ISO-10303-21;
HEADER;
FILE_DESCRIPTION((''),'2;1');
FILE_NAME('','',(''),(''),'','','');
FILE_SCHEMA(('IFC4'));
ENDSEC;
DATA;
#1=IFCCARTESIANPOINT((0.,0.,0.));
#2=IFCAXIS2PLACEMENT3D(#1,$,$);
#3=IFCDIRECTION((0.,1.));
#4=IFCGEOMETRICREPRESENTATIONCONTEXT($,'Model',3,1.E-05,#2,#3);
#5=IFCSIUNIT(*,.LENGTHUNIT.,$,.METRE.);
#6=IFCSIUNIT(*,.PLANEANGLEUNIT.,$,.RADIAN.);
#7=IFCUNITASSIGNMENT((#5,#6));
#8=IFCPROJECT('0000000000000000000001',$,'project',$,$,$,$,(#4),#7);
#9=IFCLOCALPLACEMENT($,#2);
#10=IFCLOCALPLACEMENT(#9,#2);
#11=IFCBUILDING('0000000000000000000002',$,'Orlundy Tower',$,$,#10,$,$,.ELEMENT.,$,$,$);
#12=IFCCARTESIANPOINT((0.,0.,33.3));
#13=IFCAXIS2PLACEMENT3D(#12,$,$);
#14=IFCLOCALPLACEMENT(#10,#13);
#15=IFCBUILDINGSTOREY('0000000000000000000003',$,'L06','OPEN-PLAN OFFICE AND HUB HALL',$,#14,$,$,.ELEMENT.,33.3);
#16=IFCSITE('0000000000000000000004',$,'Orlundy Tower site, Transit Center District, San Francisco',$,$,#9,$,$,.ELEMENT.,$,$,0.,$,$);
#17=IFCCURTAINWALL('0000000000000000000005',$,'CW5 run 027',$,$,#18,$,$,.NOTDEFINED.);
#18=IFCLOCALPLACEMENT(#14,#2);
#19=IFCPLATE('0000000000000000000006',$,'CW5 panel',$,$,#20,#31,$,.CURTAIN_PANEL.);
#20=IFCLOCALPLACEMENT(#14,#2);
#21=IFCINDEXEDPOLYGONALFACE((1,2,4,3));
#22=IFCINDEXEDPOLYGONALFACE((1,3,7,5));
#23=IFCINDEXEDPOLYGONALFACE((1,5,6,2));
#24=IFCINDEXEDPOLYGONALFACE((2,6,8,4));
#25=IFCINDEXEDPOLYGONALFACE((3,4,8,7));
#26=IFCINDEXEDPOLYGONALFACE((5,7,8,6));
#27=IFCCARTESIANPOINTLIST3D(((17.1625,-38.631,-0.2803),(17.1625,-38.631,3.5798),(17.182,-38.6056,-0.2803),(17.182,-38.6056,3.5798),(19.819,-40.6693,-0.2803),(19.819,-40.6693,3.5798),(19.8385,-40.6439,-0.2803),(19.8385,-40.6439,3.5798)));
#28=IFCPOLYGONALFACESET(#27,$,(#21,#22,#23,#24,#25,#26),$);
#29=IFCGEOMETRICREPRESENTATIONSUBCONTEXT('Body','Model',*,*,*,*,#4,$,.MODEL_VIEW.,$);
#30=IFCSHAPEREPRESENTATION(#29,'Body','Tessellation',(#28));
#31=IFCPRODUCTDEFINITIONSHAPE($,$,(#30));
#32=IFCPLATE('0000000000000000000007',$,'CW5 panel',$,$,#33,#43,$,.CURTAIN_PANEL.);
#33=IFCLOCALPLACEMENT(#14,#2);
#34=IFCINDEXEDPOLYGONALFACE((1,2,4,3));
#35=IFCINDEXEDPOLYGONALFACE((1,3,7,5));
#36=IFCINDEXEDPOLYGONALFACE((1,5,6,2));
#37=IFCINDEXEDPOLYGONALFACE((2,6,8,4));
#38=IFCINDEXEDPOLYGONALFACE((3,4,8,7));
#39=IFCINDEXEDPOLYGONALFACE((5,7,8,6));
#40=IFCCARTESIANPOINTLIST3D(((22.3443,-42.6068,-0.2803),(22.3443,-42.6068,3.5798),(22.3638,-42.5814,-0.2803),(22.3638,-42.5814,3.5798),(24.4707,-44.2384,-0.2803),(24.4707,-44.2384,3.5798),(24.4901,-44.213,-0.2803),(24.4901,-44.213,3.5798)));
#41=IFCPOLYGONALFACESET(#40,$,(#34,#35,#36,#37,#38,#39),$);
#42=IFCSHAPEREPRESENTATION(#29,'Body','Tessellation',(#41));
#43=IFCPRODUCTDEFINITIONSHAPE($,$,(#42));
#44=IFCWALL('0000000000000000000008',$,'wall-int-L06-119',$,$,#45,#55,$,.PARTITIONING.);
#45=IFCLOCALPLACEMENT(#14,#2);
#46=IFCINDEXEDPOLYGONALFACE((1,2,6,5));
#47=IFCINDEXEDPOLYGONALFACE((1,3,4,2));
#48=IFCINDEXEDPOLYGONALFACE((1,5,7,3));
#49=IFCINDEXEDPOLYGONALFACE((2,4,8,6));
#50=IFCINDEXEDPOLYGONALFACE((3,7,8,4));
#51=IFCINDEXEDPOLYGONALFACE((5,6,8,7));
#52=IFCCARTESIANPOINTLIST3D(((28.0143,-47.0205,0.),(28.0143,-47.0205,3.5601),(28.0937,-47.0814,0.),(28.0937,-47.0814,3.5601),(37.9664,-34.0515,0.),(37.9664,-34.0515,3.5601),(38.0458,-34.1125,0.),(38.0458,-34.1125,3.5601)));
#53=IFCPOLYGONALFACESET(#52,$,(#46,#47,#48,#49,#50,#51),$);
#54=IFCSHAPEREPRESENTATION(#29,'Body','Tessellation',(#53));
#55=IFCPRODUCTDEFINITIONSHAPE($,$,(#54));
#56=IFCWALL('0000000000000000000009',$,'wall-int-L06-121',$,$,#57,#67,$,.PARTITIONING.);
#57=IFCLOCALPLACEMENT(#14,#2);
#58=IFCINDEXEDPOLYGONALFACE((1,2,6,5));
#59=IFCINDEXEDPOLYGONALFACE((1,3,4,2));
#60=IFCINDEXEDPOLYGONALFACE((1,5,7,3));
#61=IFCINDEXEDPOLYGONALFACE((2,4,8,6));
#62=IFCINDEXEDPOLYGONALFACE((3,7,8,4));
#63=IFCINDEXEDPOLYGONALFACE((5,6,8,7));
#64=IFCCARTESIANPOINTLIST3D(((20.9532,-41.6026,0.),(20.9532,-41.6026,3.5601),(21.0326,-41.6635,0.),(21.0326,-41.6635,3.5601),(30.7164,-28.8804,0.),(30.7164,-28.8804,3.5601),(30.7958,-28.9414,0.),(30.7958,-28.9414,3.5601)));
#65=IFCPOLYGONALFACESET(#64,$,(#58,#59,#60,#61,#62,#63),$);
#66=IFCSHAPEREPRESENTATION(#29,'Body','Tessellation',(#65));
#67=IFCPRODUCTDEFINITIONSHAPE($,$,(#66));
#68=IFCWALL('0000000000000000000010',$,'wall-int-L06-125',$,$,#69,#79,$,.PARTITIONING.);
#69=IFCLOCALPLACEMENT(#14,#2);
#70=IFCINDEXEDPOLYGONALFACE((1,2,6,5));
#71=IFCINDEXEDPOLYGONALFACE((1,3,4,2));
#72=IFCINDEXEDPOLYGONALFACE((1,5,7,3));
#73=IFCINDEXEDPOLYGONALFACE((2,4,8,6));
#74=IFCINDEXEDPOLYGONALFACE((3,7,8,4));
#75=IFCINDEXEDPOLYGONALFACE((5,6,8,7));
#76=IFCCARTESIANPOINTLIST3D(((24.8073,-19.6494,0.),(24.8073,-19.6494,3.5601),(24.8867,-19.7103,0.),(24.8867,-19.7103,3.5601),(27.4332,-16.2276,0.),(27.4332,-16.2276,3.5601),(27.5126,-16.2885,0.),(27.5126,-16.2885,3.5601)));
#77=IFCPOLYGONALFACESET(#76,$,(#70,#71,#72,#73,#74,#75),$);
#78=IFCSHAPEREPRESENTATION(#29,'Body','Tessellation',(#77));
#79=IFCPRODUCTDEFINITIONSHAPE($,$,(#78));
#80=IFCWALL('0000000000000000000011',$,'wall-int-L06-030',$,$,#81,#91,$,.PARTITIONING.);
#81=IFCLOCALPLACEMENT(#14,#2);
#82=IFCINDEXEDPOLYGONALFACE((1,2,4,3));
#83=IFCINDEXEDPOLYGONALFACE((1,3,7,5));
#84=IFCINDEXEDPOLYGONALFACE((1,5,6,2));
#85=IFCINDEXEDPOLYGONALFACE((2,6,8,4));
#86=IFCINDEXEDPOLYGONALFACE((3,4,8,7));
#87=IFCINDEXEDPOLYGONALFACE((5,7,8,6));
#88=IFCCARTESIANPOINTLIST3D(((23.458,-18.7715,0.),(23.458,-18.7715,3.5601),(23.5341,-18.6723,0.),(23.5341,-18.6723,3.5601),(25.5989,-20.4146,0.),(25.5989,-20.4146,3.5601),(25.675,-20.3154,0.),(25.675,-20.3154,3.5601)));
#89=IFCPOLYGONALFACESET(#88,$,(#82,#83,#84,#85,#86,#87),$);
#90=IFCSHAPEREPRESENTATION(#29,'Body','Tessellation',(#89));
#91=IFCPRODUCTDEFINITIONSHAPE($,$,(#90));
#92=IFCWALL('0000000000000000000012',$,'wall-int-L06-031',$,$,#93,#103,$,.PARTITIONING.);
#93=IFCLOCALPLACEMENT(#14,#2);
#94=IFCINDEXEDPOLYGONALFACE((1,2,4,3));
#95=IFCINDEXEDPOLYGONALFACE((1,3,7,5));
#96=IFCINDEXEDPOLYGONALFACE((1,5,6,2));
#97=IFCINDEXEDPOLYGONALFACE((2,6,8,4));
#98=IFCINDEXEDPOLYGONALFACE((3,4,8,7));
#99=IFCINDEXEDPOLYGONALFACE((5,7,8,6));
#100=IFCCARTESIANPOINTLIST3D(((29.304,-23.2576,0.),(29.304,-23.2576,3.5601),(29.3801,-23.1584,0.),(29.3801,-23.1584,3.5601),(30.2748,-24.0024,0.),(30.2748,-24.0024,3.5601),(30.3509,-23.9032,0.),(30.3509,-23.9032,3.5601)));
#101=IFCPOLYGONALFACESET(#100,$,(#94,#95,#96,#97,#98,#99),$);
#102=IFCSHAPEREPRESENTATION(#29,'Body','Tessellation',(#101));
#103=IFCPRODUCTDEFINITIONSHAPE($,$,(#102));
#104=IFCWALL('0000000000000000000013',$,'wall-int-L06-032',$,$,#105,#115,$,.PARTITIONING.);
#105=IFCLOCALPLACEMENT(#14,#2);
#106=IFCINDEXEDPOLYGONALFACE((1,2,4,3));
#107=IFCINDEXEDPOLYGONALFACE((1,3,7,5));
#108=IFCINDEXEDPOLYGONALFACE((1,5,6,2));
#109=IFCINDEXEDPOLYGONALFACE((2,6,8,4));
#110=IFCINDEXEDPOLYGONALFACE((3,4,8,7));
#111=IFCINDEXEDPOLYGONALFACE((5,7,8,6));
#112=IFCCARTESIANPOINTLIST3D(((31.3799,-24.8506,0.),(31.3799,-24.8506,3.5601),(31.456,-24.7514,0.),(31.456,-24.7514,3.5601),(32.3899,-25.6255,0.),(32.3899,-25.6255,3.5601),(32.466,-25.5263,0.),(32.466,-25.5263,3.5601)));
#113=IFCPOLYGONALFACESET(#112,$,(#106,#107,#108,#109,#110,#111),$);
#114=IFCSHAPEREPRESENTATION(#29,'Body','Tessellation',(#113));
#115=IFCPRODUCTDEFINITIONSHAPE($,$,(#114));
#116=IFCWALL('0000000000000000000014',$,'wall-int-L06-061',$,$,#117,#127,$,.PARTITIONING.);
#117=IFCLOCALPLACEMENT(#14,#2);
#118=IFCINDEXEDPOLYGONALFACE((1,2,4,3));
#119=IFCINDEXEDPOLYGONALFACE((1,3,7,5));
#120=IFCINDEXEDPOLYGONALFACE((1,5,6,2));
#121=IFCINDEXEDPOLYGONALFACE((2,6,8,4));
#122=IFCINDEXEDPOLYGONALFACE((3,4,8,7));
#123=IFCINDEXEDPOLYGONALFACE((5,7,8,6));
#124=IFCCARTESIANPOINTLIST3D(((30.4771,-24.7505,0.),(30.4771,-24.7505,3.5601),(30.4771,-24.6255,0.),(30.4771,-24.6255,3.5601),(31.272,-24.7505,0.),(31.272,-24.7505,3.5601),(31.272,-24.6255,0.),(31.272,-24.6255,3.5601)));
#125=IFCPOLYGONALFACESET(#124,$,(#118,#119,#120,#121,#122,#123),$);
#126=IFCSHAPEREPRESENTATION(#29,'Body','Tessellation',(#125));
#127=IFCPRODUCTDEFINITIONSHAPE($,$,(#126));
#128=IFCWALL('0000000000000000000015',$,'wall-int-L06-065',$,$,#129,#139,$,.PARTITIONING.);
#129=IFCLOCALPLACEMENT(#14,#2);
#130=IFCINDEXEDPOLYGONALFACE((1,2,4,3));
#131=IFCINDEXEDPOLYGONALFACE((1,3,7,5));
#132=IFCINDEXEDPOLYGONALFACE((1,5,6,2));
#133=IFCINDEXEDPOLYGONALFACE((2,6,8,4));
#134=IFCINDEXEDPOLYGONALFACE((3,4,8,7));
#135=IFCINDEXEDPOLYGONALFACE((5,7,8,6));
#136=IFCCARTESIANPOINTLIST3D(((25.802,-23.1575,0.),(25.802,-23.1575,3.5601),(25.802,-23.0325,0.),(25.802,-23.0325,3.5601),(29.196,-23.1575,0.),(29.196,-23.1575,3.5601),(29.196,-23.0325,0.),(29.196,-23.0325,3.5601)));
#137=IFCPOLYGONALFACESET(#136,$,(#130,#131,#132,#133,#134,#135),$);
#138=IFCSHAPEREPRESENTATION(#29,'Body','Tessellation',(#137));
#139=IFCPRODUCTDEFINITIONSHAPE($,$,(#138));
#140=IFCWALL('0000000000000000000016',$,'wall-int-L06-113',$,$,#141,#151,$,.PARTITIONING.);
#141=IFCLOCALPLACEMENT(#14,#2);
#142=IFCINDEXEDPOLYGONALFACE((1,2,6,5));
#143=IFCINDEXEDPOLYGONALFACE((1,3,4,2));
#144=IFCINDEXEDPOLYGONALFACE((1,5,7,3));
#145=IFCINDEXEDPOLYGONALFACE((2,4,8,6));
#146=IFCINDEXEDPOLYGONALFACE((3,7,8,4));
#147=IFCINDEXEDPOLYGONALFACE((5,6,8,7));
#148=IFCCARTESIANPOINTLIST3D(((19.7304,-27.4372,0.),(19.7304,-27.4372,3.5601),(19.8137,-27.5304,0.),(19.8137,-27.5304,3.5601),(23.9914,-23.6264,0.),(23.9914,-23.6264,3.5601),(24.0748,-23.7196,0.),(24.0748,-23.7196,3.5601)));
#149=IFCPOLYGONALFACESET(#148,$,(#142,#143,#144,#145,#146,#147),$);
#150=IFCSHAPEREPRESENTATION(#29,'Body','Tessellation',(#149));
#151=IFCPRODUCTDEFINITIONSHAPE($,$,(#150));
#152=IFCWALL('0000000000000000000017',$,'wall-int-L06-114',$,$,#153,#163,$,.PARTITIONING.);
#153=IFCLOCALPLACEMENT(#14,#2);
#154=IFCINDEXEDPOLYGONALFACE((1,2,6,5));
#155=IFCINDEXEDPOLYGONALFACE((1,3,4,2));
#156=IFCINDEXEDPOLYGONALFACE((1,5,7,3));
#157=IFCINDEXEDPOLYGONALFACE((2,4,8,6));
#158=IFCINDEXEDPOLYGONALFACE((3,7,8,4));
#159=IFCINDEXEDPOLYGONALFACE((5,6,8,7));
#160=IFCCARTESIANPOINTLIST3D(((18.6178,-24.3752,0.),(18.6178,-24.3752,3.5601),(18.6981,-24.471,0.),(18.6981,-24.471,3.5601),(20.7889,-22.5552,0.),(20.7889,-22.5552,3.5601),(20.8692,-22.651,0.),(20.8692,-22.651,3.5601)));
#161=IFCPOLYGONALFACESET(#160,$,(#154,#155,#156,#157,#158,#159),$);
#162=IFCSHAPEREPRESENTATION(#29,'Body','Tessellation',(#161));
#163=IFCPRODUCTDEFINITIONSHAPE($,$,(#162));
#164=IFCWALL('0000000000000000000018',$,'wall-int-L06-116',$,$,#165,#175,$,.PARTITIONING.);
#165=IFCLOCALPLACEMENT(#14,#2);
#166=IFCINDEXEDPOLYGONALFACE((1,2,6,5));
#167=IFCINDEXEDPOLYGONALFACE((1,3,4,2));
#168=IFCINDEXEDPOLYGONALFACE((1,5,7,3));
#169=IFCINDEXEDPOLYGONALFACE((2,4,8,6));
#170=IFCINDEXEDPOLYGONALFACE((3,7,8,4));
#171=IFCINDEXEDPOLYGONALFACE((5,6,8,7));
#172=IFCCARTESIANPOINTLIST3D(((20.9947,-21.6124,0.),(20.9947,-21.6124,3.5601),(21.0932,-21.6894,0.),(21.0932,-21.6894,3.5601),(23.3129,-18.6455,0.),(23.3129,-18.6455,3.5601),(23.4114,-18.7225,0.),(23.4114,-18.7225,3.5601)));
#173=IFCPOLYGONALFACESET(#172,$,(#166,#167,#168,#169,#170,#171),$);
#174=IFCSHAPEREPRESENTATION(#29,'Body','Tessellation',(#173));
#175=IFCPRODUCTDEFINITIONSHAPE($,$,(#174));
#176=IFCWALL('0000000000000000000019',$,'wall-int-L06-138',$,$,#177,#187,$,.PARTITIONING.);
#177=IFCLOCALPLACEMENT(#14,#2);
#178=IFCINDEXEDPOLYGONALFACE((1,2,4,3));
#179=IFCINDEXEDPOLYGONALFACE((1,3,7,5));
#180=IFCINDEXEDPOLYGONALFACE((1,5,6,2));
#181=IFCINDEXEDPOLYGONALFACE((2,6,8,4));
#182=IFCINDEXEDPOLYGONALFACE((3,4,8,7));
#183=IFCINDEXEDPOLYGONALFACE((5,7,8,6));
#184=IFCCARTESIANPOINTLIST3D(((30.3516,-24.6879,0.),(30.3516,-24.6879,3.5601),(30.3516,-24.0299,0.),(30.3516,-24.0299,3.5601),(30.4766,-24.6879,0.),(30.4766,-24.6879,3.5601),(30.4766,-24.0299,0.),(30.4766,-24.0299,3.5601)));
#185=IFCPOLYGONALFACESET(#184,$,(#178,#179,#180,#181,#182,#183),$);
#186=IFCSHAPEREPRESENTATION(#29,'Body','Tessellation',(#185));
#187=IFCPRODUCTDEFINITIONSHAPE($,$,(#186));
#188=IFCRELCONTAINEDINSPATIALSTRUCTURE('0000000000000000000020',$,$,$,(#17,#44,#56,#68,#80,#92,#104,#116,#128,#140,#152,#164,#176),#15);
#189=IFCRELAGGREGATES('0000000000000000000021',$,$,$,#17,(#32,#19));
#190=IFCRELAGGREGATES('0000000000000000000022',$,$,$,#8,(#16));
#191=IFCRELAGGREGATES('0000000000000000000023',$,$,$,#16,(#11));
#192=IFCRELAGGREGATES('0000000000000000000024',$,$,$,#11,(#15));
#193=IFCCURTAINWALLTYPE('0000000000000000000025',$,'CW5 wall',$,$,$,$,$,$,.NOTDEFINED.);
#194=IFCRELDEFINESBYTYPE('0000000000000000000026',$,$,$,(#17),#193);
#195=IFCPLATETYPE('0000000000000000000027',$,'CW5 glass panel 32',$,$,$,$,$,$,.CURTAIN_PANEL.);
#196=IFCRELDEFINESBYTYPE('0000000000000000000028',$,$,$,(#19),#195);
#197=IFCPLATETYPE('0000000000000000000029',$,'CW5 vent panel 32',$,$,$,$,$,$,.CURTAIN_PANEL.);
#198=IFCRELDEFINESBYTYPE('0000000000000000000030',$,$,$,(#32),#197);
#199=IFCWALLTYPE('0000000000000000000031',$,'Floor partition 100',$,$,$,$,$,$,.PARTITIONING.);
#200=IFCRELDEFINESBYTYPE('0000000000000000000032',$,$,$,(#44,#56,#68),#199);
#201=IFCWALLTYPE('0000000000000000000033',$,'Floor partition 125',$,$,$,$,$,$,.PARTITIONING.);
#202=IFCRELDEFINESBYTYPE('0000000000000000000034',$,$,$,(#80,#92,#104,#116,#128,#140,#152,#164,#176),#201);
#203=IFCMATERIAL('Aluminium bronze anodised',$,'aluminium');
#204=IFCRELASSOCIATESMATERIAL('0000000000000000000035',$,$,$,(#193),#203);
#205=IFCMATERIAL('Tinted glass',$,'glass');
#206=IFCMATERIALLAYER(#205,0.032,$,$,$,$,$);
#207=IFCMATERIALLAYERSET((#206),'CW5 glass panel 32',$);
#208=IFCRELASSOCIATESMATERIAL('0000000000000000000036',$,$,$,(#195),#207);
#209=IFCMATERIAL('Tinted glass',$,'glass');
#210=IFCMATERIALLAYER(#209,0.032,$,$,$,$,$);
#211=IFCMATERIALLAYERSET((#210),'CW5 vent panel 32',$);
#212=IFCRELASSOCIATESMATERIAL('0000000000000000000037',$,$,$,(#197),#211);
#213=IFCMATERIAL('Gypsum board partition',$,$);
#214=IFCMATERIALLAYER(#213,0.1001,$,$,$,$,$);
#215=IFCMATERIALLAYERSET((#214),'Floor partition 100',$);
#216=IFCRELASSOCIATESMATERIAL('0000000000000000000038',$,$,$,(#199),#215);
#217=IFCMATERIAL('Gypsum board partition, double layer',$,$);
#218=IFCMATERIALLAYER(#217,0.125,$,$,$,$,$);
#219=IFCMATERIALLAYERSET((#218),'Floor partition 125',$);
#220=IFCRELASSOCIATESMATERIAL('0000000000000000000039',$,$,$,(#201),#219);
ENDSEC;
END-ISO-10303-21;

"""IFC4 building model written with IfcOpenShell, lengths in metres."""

from ifc_helpers import new_model, si_unit, direction, frame, frame_2d, origin, origin_2d, place, context, subcontext, project, spatial, rectangle, extrude, material, layer, layer_set, type_object, element, aggregate, save


model = new_model("IFC4")

# Units and contexts
model_context = context("Model", 3, precision=1e-05, world=origin(), true_north=direction((0.0, 1.0)))
body_context = subcontext(model_context, "Body", "Model", "MODEL_VIEW")
ifc_project = project(units=[si_unit("LENGTHUNIT", "METRE"), si_unit("PLANEANGLEUNIT", "RADIAN")], contexts=[model_context])

# Site, building, storey
site_placement = place(None, origin())
site = spatial("IfcSite", under=ifc_project, at=site_placement, Name="Orlundy Tower site, Transit Center District, San Francisco", CompositionType="ELEMENT", RefElevation=0.0)
building_placement = place(site_placement, origin())
building = spatial("IfcBuilding", under=site, at=building_placement, Name="Orlundy Tower", CompositionType="ELEMENT")
storey_placement = place(building_placement, frame((0.0, 0.0, 33.3)))
storey = spatial("IfcBuildingStorey", under=building, at=storey_placement, Name="L06", Description="OPEN-PLAN OFFICE AND HUB HALL", CompositionType="ELEMENT", Elevation=33.3)

# Curtain wall
ifc_material_1 = material(Name="Aluminium bronze anodised", Category="aluminium")
curtain_wall_type = type_object("IfcCurtainWallType", Name="CW5 wall", PredefinedType="NOTDEFINED", material=ifc_material_1)
curtain_wall_1_placement = place(storey_placement, origin())
curtain_wall_1 = element("IfcCurtainWall", 1, at=curtain_wall_1_placement, inside=storey, type_object=curtain_wall_type, Name="CW5 run 027", PredefinedType="NOTDEFINED")

# Shared definitions
ifc_material_2 = material(Name="Tinted glass", Category="glass")
ifc_layer_1 = layer(ifc_material_2, 0.032)
ifc_layer_set_1 = layer_set([ifc_layer_1], Name="CW5 glass panel 32")
plate_type_1 = type_object("IfcPlateType", Name="CW5 glass panel 32", PredefinedType="CURTAIN_PANEL", material=ifc_layer_set_1)

# Plates
plate_1_placement = place(storey_placement, frame((18.5005, -39.6375, -0.2803), z_axis=(0.0, 0.0, 1.0), x_axis=(-0.793357, 0.608757, 0.0)))
plate_1 = element("IfcPlate", 2, at=plate_1_placement, type_object=plate_type_1, Name="CW5 panel", PredefinedType="CURTAIN_PANEL", context=body_context, shape_type="SweptSolid", body=[
    extrude(rectangle(XDim=3.3484, YDim=0.032, at=origin_2d()), origin(), (0.0, 0.0, 1.0), 3.8601),
])
ifc_material_3 = material(Name="Tinted glass", Category="glass")
ifc_layer_2 = layer(ifc_material_3, 0.032)
ifc_layer_set_2 = layer_set([ifc_layer_2], Name="CW5 vent panel 32")
plate_type_2 = type_object("IfcPlateType", Name="CW5 vent panel 32", PredefinedType="CURTAIN_PANEL", material=ifc_layer_set_2)
plate_2_placement = place(storey_placement, frame((23.4172, -43.4099, -0.2803), z_axis=(0.0, 0.0, 1.0), x_axis=(-0.793357, 0.608757, 0.0)))
plate_2 = element("IfcPlate", 3, at=plate_2_placement, type_object=plate_type_2, Name="CW5 panel", PredefinedType="CURTAIN_PANEL", context=body_context, shape_type="SweptSolid", body=[
    extrude(rectangle(XDim=2.6802, YDim=0.032, at=origin_2d()), origin(), (0.0, 0.0, 1.0), 3.8601),
])
aggregate(curtain_wall_1, [plate_2, plate_1])

# Walls
ifc_material_4 = material(Name="Gypsum board partition")
ifc_layer_3 = layer(ifc_material_4, 0.1001)
ifc_layer_set_3 = layer_set([ifc_layer_3], Name="Floor partition 100")
wall_type_1 = type_object("IfcWallType", Name="Floor partition 100", PredefinedType="PARTITIONING", material=ifc_layer_set_3)
wall_1_placement = place(storey_placement, frame((28.054, -47.051, 0.0), z_axis=(0.0, 0.0, 1.0), x_axis=(0.608788, 0.793333, 0.0)))
element("IfcWall", 4, at=wall_1_placement, inside=storey, type_object=wall_type_1, Name="wall-int-L06-119", PredefinedType="PARTITIONING", context=body_context, shape_type="SweptSolid", body=[
    extrude(rectangle(XDim=16.3474, YDim=0.1001, at=frame_2d((8.1738, 0.0))), origin(), (0.0, 0.0, 1.0), 3.5601),
])
wall_2_placement = place(storey_placement, frame((20.9929, -41.6331, 0.0), z_axis=(0.0, 0.0, 1.0), x_axis=(0.608805, 0.79332, 0.0)))
element("IfcWall", 5, at=wall_2_placement, inside=storey, type_object=wall_type_1, Name="wall-int-L06-121", PredefinedType="PARTITIONING", context=body_context, shape_type="SweptSolid", body=[
    extrude(rectangle(XDim=16.0366, YDim=0.1001, at=frame_2d((8.0183, 0.0))), origin(), (0.0, 0.0, 1.0), 3.5601),
])
wall_3_placement = place(storey_placement, frame((24.8469, -19.6799, 0.0), z_axis=(0.0, 0.0, 1.0), x_axis=(0.608802, 0.793322, 0.0)))
element("IfcWall", 6, at=wall_3_placement, inside=storey, type_object=wall_type_1, Name="wall-int-L06-125", PredefinedType="PARTITIONING", context=body_context, shape_type="SweptSolid", body=[
    extrude(rectangle(XDim=4.3132, YDim=0.1001, at=frame_2d((2.1567, 0.0))), origin(), (0.0, 0.0, 1.0), 3.5601),
])
ifc_material_5 = material(Name="Gypsum board partition, double layer")
ifc_layer_4 = layer(ifc_material_5, 0.125)
ifc_layer_set_4 = layer_set([ifc_layer_4], Name="Floor partition 125")
wall_type_2 = type_object("IfcWallType", Name="Floor partition 125", PredefinedType="PARTITIONING", material=ifc_layer_set_4)
wall_4_placement = place(storey_placement, frame((25.637, -20.365, 0.0), z_axis=(0.0, 0.0, 1.0), x_axis=(-0.793296, 0.608836, 0.0)))
element("IfcWall", 7, at=wall_4_placement, inside=storey, type_object=wall_type_2, Name="wall-int-L06-030", PredefinedType="PARTITIONING", context=body_context, shape_type="SweptSolid", body=[
    extrude(rectangle(XDim=2.6987, YDim=0.125, at=frame_2d((1.3494, 0.0))), origin(), (0.0, 0.0, 1.0), 3.5601),
])
wall_5_placement = place(storey_placement, frame((29.342, -23.208, 0.0), z_axis=(0.0, 0.0, 1.0), x_axis=(0.793417, -0.608679, 0.0)))
element("IfcWall", 8, at=wall_5_placement, inside=storey, type_object=wall_type_2, Name="wall-int-L06-031", PredefinedType="PARTITIONING", context=body_context, shape_type="SweptSolid", body=[
    extrude(rectangle(XDim=1.2236, YDim=0.125, at=frame_2d((0.6118, 0.0))), origin(), (0.0, 0.0, 1.0), 3.5601),
])
wall_6_placement = place(storey_placement, frame((31.418, -24.801, 0.0), z_axis=(0.0, 0.0, 1.0), x_axis=(0.793393, -0.608709, 0.0)))
element("IfcWall", 9, at=wall_6_placement, inside=storey, type_object=wall_type_2, Name="wall-int-L06-032", PredefinedType="PARTITIONING", context=body_context, shape_type="SweptSolid", body=[
    extrude(rectangle(XDim=1.2729, YDim=0.125, at=frame_2d((0.6365, 0.0))), origin(), (0.0, 0.0, 1.0), 3.5601),
])
wall_7_placement = place(storey_placement, frame((30.4771, -24.688, 0.0), z_axis=(0.0, 0.0, 1.0), x_axis=(1.0, 0.0, 0.0)))
element("IfcWall", 10, at=wall_7_placement, inside=storey, type_object=wall_type_2, Name="wall-int-L06-061", PredefinedType="PARTITIONING", context=body_context, shape_type="SweptSolid", body=[
    extrude(rectangle(XDim=0.7949, YDim=0.125, at=frame_2d((0.3975, 0.0))), origin(), (0.0, 0.0, 1.0), 3.5601),
])
wall_8_placement = place(storey_placement, frame((25.802, -23.095, 0.0), z_axis=(0.0, 0.0, 1.0), x_axis=(1.0, 0.0, 0.0)))
element("IfcWall", 11, at=wall_8_placement, inside=storey, type_object=wall_type_2, Name="wall-int-L06-065", PredefinedType="PARTITIONING", context=body_context, shape_type="SweptSolid", body=[
    extrude(rectangle(XDim=3.394, YDim=0.125, at=frame_2d((1.697, 0.0))), origin(), (0.0, 0.0, 1.0), 3.5601),
])
wall_9_placement = place(storey_placement, frame((19.772, -27.4839, 0.0), z_axis=(0.0, 0.0, 1.0), x_axis=(0.745387, 0.666633, 0.0)))
element("IfcWall", 12, at=wall_9_placement, inside=storey, type_object=wall_type_2, Name="wall-int-L06-113", PredefinedType="PARTITIONING", context=body_context, shape_type="SweptSolid", body=[
    extrude(rectangle(XDim=5.7166, YDim=0.125, at=frame_2d((2.8584, 0.0))), origin(), (0.0, 0.0, 1.0), 3.5601),
])
wall_10_placement = place(storey_placement, frame((18.658, -24.4231, 0.0), z_axis=(0.0, 0.0, 1.0), x_axis=(0.766346, 0.642428, 0.0)))
element("IfcWall", 13, at=wall_10_placement, inside=storey, type_object=wall_type_2, Name="wall-int-L06-114", PredefinedType="PARTITIONING", context=body_context, shape_type="SweptSolid", body=[
    extrude(rectangle(XDim=2.833, YDim=0.125, at=frame_2d((1.4165, 0.0))), origin(), (0.0, 0.0, 1.0), 3.5601),
])
wall_11_placement = place(storey_placement, frame((21.0439, -21.6509, 0.0), z_axis=(0.0, 0.0, 1.0), x_axis=(0.615694, 0.787985, 0.0)))
element("IfcWall", 14, at=wall_11_placement, inside=storey, type_object=wall_type_2, Name="wall-int-L06-116", PredefinedType="PARTITIONING", context=body_context, shape_type="SweptSolid", body=[
    extrude(rectangle(XDim=3.7651, YDim=0.125, at=frame_2d((1.8826, 0.0))), origin(), (0.0, 0.0, 1.0), 3.5601),
])
wall_12_placement = place(storey_placement, frame((30.4141, -24.688, 0.0), z_axis=(0.0, 0.0, 1.0), x_axis=(0.0, 1.0, 0.0)))
element("IfcWall", 15, at=wall_12_placement, inside=storey, type_object=wall_type_2, Name="wall-int-L06-138", PredefinedType="PARTITIONING", context=body_context, shape_type="SweptSolid", body=[
    extrude(rectangle(XDim=0.658, YDim=0.125, at=frame_2d((0.3291, 0.0))), origin(), (0.0, 0.0, 1.0), 3.5601),
])

save(model, "model.ifc")
